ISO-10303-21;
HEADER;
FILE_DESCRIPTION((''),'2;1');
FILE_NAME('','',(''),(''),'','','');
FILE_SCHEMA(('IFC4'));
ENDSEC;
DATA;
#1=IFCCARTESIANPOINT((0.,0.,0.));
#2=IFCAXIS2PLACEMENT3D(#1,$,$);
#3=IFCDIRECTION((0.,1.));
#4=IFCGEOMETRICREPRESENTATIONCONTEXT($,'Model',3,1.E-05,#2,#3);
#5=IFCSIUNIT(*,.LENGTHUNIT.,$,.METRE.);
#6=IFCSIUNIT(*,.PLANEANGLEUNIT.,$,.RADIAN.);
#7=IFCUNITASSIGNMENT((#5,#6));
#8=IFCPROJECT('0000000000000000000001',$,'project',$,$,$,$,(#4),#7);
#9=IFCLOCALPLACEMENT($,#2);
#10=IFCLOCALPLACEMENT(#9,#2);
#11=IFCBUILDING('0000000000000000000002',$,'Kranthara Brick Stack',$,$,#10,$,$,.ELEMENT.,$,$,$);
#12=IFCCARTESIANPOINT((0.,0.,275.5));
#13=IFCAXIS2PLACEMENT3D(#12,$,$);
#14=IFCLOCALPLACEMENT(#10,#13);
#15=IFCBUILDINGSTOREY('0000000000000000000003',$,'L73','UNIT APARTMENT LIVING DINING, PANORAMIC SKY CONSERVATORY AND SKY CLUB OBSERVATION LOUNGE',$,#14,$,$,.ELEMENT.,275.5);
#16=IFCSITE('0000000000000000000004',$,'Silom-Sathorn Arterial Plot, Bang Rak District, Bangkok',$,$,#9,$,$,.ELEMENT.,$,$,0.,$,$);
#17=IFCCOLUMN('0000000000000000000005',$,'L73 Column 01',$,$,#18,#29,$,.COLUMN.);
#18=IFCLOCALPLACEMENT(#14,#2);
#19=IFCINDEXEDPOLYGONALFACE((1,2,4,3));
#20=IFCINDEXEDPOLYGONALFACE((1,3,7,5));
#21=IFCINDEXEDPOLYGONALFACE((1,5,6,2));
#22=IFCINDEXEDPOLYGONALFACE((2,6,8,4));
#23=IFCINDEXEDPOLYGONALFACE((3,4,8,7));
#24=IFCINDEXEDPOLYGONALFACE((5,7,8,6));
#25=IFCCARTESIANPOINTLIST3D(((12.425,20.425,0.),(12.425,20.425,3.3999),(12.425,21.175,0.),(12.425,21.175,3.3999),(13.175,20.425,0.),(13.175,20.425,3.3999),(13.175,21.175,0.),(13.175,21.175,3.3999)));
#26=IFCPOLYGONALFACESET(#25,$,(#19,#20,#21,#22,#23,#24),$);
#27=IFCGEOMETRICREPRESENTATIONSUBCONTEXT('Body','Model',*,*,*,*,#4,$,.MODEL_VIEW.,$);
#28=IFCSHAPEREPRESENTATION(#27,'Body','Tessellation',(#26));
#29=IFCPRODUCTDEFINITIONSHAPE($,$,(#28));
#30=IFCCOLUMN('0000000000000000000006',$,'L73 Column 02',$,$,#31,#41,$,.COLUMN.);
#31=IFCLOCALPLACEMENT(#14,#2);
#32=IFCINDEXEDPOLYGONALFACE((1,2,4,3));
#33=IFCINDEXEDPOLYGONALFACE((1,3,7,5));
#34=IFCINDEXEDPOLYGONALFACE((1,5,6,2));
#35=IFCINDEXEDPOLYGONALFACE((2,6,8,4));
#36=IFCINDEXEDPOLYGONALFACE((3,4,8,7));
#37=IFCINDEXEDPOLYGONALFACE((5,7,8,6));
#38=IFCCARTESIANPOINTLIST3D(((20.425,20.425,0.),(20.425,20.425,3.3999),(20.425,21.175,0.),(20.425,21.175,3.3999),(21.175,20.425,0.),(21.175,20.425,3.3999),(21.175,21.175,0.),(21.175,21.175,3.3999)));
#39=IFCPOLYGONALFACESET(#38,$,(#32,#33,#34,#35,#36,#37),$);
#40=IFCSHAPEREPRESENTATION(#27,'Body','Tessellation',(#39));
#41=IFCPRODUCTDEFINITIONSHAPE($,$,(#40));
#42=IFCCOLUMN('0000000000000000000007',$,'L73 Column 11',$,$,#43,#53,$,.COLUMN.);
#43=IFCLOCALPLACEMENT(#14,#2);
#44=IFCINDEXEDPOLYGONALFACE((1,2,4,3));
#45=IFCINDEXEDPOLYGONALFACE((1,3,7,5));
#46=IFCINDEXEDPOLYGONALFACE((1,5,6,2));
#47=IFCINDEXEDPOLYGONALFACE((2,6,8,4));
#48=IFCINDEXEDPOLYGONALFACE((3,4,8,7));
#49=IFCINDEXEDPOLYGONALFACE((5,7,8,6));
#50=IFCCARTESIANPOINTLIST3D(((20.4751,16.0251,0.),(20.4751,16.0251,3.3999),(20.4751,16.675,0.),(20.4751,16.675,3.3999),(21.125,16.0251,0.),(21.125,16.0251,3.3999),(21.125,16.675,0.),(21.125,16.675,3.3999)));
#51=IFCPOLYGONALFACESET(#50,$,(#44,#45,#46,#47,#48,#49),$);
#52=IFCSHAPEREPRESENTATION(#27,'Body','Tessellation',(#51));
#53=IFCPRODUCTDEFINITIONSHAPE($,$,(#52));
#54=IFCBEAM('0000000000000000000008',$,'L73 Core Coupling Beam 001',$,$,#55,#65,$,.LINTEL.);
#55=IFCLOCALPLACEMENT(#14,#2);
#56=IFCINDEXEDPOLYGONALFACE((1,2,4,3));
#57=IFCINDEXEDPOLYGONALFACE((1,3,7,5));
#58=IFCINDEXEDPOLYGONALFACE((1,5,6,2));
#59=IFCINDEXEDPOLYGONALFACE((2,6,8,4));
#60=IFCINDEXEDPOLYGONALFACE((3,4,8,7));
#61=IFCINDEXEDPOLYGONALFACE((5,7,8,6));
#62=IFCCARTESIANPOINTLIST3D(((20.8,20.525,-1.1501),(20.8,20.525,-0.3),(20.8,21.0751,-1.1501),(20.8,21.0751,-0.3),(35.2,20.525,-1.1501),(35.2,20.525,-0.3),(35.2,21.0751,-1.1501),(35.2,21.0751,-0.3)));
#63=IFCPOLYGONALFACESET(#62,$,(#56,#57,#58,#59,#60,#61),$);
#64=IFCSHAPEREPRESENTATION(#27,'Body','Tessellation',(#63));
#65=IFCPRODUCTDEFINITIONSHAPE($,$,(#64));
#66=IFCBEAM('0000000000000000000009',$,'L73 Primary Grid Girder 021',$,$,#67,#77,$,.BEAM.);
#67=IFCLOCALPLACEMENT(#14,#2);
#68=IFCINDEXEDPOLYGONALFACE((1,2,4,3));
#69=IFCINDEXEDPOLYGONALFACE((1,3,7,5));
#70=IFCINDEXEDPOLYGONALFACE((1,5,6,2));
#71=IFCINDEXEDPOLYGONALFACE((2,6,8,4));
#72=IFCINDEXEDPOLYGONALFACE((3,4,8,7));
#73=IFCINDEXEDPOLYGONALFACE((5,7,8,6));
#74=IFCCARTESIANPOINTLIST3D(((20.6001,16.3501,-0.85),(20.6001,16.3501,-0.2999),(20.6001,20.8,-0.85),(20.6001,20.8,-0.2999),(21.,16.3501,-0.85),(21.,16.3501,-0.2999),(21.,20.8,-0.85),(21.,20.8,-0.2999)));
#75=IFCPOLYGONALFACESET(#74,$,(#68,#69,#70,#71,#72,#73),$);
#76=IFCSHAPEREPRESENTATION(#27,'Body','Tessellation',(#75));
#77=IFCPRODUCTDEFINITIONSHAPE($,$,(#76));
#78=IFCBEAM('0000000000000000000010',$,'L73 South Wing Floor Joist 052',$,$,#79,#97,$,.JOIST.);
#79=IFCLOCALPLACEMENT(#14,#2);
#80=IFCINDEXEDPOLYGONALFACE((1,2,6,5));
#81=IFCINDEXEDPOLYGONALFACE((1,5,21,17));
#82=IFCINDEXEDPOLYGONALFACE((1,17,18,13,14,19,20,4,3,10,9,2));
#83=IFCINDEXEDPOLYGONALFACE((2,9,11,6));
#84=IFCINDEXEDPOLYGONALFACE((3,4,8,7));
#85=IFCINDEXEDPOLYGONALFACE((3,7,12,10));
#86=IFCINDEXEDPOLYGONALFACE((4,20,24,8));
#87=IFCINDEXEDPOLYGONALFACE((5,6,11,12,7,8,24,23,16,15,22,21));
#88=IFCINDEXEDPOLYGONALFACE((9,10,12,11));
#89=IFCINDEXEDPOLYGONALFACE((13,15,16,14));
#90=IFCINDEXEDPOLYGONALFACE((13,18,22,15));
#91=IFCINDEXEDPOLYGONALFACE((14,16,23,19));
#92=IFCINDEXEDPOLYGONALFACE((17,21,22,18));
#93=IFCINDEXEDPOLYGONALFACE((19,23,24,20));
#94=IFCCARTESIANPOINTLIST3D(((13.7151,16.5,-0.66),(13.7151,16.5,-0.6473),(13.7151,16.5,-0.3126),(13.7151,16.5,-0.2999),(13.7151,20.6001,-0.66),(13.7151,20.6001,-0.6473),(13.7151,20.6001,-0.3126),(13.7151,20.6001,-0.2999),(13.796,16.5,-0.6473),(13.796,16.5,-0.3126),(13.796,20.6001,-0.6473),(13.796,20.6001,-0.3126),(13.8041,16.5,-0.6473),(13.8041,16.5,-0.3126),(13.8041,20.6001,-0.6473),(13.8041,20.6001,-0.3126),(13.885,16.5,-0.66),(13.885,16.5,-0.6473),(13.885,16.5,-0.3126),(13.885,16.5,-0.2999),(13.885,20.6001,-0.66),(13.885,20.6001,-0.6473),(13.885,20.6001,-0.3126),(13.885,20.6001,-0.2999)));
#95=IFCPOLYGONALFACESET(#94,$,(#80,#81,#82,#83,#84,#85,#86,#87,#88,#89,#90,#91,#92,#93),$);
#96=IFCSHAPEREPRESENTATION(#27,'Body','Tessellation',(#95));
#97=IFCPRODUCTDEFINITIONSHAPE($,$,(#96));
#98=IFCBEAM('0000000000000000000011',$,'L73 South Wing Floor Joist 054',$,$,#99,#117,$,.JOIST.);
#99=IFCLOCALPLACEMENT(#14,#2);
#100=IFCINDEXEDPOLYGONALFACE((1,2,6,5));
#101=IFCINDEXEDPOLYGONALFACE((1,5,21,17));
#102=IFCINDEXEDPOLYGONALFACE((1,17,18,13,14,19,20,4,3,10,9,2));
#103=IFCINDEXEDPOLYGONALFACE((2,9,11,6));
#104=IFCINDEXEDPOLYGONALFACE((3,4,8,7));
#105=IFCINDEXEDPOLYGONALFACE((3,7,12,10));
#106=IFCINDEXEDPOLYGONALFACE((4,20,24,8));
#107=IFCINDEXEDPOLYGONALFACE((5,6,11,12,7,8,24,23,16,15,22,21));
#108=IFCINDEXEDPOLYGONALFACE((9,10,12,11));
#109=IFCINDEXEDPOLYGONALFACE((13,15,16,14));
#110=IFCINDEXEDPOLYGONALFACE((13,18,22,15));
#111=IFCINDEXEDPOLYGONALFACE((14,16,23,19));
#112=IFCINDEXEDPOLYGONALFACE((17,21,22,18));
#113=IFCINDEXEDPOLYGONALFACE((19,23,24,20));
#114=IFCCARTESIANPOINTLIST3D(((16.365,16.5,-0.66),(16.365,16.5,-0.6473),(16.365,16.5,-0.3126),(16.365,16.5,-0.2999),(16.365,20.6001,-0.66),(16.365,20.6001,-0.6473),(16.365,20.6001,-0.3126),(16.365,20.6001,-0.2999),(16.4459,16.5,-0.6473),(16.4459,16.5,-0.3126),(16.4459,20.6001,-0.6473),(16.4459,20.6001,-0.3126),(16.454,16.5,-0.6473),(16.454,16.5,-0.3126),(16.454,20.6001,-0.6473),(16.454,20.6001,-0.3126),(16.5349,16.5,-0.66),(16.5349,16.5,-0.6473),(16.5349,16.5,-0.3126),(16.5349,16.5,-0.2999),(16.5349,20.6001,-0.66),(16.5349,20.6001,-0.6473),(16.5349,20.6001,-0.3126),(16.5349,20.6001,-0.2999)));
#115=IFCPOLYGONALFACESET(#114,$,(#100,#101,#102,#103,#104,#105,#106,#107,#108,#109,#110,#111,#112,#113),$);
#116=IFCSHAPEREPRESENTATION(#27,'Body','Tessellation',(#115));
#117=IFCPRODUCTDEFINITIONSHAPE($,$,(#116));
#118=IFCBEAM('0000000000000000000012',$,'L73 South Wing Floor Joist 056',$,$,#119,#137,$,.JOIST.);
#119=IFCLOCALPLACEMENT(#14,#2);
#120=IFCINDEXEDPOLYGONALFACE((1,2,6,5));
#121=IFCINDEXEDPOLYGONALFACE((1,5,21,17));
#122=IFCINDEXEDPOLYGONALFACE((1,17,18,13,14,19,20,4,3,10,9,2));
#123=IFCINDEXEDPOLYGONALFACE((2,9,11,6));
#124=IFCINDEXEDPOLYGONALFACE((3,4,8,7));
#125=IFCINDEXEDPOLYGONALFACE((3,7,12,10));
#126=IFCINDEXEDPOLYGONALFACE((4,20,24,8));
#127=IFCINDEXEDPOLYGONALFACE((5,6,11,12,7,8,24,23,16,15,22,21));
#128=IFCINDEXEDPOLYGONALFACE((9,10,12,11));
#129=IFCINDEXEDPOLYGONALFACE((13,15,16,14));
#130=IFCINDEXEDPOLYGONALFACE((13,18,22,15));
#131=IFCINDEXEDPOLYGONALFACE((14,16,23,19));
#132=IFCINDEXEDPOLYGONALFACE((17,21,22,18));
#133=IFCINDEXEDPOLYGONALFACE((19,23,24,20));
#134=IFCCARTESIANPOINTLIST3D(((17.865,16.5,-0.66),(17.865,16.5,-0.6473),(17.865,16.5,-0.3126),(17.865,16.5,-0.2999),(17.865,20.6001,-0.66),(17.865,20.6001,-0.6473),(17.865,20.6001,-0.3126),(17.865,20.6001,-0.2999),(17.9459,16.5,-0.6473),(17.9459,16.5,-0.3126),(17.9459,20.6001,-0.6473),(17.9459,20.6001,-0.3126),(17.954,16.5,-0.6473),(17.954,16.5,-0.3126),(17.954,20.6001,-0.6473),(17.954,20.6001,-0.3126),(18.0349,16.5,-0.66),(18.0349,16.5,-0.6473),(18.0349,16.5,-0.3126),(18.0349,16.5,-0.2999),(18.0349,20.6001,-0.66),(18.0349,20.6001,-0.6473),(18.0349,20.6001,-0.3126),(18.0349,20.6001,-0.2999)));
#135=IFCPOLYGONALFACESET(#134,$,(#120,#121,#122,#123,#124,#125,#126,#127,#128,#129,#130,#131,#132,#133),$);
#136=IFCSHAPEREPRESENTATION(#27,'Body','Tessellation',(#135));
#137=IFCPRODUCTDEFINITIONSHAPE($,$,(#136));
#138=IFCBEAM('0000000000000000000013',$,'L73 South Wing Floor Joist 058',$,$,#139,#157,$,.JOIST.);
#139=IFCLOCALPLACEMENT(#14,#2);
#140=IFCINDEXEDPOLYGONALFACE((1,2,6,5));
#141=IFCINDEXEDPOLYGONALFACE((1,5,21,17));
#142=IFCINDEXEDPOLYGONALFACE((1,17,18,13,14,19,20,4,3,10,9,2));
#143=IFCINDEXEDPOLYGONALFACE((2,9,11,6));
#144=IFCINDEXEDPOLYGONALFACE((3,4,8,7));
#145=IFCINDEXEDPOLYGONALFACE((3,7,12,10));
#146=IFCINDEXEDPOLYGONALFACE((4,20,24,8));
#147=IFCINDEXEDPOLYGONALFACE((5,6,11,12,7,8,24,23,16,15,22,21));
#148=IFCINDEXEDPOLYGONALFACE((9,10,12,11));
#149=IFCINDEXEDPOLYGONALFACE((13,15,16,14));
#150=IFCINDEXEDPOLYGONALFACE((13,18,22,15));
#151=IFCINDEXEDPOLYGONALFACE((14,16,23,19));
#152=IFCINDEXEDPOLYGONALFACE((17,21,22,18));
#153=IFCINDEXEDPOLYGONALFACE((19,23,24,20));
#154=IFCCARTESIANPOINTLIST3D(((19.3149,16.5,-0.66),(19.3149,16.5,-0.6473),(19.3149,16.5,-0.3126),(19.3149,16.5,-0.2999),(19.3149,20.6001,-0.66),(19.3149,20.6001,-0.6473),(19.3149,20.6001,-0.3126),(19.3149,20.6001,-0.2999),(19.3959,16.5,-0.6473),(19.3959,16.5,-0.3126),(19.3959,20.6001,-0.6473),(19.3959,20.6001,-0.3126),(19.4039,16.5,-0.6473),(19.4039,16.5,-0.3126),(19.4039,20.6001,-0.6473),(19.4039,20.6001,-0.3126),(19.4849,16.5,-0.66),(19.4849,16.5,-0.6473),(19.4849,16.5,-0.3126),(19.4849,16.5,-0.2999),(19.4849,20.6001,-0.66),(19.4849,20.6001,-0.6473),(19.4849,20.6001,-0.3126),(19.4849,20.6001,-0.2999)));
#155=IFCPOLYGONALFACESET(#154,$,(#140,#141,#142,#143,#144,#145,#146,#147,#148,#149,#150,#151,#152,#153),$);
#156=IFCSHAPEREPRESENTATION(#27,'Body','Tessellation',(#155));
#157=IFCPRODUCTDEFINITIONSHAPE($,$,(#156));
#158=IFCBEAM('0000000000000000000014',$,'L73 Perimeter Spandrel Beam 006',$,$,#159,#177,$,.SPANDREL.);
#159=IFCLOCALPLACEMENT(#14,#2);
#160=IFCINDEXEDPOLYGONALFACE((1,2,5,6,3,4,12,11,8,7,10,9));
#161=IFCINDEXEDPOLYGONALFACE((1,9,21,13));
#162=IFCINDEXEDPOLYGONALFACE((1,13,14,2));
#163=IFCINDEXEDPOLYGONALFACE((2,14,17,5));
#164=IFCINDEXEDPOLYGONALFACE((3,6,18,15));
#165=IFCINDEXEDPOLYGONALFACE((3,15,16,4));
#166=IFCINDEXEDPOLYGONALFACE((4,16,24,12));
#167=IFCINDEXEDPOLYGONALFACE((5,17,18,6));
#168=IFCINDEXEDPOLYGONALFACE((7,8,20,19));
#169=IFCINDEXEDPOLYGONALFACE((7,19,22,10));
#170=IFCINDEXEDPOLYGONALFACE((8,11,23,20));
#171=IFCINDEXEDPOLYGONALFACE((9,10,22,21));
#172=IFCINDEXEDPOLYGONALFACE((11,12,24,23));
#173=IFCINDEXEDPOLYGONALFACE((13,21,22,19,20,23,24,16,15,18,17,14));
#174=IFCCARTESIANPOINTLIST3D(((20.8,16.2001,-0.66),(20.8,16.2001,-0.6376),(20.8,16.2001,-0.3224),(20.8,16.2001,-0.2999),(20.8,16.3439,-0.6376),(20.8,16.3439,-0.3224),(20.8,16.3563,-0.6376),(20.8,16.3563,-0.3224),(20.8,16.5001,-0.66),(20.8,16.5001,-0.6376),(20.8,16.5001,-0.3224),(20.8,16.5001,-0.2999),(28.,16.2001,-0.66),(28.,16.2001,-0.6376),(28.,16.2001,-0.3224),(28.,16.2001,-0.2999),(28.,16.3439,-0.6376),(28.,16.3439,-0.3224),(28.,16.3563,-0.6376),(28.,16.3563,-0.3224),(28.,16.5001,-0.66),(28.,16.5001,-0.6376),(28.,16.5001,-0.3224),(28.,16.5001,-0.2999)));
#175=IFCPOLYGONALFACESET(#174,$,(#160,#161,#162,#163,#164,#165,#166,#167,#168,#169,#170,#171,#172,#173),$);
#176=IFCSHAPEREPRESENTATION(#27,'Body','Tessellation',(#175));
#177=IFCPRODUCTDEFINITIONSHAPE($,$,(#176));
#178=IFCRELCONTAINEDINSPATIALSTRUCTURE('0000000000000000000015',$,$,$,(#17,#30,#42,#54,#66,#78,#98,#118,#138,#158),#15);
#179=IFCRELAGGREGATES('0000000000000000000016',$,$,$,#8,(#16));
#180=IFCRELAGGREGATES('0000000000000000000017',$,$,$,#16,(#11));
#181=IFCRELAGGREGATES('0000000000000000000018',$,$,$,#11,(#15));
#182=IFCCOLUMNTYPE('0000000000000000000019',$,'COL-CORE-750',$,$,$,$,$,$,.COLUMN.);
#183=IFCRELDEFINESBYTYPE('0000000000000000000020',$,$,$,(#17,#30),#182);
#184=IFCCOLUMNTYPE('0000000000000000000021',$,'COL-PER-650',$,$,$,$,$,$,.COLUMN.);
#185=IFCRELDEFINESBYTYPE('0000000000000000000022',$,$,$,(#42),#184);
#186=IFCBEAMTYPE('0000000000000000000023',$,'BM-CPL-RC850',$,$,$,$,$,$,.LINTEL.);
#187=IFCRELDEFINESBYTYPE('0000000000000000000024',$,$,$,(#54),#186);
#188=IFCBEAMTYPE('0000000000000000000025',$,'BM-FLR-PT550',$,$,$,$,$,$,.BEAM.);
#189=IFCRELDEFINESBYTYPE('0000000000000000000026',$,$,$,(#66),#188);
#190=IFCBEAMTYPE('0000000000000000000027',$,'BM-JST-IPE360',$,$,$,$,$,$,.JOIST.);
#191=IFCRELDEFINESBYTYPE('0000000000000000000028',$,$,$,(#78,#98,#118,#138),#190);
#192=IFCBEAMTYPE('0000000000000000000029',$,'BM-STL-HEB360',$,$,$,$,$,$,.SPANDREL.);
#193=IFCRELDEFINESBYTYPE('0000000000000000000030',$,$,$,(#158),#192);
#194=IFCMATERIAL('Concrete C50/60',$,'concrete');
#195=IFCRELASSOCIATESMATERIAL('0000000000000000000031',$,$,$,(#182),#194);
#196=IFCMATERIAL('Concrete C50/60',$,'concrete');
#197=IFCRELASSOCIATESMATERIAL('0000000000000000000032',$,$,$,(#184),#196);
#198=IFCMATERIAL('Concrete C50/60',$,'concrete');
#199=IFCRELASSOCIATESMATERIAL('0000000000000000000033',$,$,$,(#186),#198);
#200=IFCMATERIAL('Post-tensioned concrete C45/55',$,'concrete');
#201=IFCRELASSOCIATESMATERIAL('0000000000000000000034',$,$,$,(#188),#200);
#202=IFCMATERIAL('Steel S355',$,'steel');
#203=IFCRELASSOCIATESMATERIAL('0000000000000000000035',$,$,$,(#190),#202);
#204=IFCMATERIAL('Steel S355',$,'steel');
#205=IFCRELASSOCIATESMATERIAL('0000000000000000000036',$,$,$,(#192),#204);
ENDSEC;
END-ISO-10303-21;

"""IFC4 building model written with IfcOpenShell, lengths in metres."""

from ifc_helpers import new_model, si_unit, direction, frame, origin, origin_2d, place, context, subcontext, project, spatial, rectangle, i_section, extrude, material, material_profile, profile_set, type_object, element, save


model = new_model("IFC4")

# Units and contexts
model_context = context("Model", 3, precision=1e-05, world=origin(), true_north=direction((0.0, 1.0)))
body_context = subcontext(model_context, "Body", "Model", "MODEL_VIEW")
ifc_project = project(units=[si_unit("LENGTHUNIT", "METRE"), si_unit("PLANEANGLEUNIT", "RADIAN")], contexts=[model_context])

# Site, building, storey
site_placement = place(None, origin())
site = spatial("IfcSite", under=ifc_project, at=site_placement, Name="Silom-Sathorn Arterial Plot, Bang Rak District, Bangkok", CompositionType="ELEMENT", RefElevation=0.0)
building_placement = place(site_placement, origin())
building = spatial("IfcBuilding", under=site, at=building_placement, Name="Kranthara Brick Stack", CompositionType="ELEMENT")
storey_placement = place(building_placement, frame((0.0, 0.0, 275.5)))
storey = spatial("IfcBuildingStorey", under=building, at=storey_placement, Name="L73", Description="UNIT APARTMENT LIVING DINING, PANORAMIC SKY CONSERVATORY AND SKY CLUB OBSERVATION LOUNGE", CompositionType="ELEMENT", Elevation=275.5)

# Columns
ifc_material_1 = material(Name="Concrete C50/60", Category="concrete")
ifc_material_profile_1 = material_profile(ifc_material_1, rectangle(XDim=0.75, YDim=0.75, at=origin_2d()), Name="RC 750x750")
ifc_profile_set_1 = profile_set([ifc_material_profile_1], Name="Concrete C50/60")
column_type_1 = type_object("IfcColumnType", Name="COL-CORE-750", PredefinedType="COLUMN", material=ifc_profile_set_1)
for number, where, z_axis, x_axis, name in (
    (1, (12.8, 20.8, 0.0), (0.0, 0.0, 1.0), (1.0, 0.0, 0.0), "L73 Column 01"),
    (2, (20.8, 20.8, 0.0), (0.0, 0.0, 1.0), (1.0, 0.0, 0.0), "L73 Column 02"),
):
    element("IfcColumn", number, at=place(storey_placement, frame(where, z_axis=z_axis, x_axis=x_axis)), inside=storey, type_object=column_type_1, Name=name, PredefinedType="COLUMN", context=body_context, shape_type="SweptSolid", body=[
        extrude(rectangle(XDim=0.75, YDim=0.75, at=origin_2d()), origin(), (0.0, 0.0, 1.0), 3.3999),
    ])
ifc_material_2 = material(Name="Concrete C50/60", Category="concrete")
ifc_material_profile_2 = material_profile(ifc_material_2, rectangle(XDim=0.6499, YDim=0.6499, at=origin_2d()), Name="RC 650x650")
ifc_profile_set_2 = profile_set([ifc_material_profile_2], Name="Concrete C50/60")
column_type_2 = type_object("IfcColumnType", Name="COL-PER-650", PredefinedType="COLUMN", material=ifc_profile_set_2)
column_placement = place(storey_placement, frame((20.8, 16.3501, 0.0), z_axis=(0.0, 0.0, 1.0), x_axis=(1.0, 0.0, 0.0)))
element("IfcColumn", 3, at=column_placement, inside=storey, type_object=column_type_2, Name="L73 Column 11", PredefinedType="COLUMN", context=body_context, shape_type="SweptSolid", body=[
    extrude(rectangle(XDim=0.6499, YDim=0.6499, at=origin_2d()), origin(), (0.0, 0.0, 1.0), 3.3999),
])

# Beams
ifc_material_3 = material(Name="Concrete C50/60", Category="concrete")
ifc_material_profile_3 = material_profile(ifc_material_3, rectangle(XDim=0.55, YDim=0.8501, at=origin_2d()), Name="RC 550x850")
ifc_profile_set_3 = profile_set([ifc_material_profile_3], Name="Concrete C50/60")
beam_type_1 = type_object("IfcBeamType", Name="BM-CPL-RC850", PredefinedType="LINTEL", material=ifc_profile_set_3)
beam_1_placement = place(storey_placement, frame((20.8, 20.8, -0.7251), z_axis=(1.0, 0.0, 0.0), x_axis=(0.0, 1.0, 0.0)))
element("IfcBeam", 4, at=beam_1_placement, inside=storey, type_object=beam_type_1, Name="L73 Core Coupling Beam 001", PredefinedType="LINTEL", context=body_context, shape_type="SweptSolid", body=[
    extrude(rectangle(XDim=0.55, YDim=0.8501, at=origin_2d()), origin(), (0.0, 0.0, 1.0), 14.3999),
])
ifc_material_4 = material(Name="Post-tensioned concrete C45/55", Category="concrete")
ifc_material_profile_4 = material_profile(ifc_material_4, rectangle(XDim=0.3999, YDim=0.55, at=origin_2d()), Name="PT 400x550")
ifc_profile_set_4 = profile_set([ifc_material_profile_4], Name="Post-tensioned concrete C45/55")
beam_type_2 = type_object("IfcBeamType", Name="BM-FLR-PT550", PredefinedType="BEAM", material=ifc_profile_set_4)
beam_2_placement = place(storey_placement, frame((20.8, 16.3501, -0.575), z_axis=(0.0, 1.0, 0.0), x_axis=(-1.0, 0.0, 0.0)))
element("IfcBeam", 5, at=beam_2_placement, inside=storey, type_object=beam_type_2, Name="L73 Primary Grid Girder 021", PredefinedType="BEAM", context=body_context, shape_type="SweptSolid", body=[
    extrude(rectangle(XDim=0.3999, YDim=0.55, at=origin_2d()), origin(), (0.0, 0.0, 1.0), 4.45),
])
ifc_material_5 = material(Name="Steel S355", Category="steel")
ifc_material_profile_5 = material_profile(ifc_material_5, i_section(OverallWidth=0.1699, OverallDepth=0.3601, WebThickness=0.0081, FlangeThickness=0.0127, at=origin_2d()), Name="IPE 360")
ifc_profile_set_5 = profile_set([ifc_material_profile_5], Name="Steel S355")
beam_type_3 = type_object("IfcBeamType", Name="BM-JST-IPE360", PredefinedType="JOIST", material=ifc_profile_set_5)
for number, where, z_axis, x_axis, name in (
    (6, (13.8, 16.5, -0.48), (0.0, 1.0, 0.0), (-1.0, 0.0, 0.0), "L73 South Wing Floor Joist 052"),
    (7, (16.45, 16.5, -0.48), (0.0, 1.0, 0.0), (-1.0, 0.0, 0.0), "L73 South Wing Floor Joist 054"),
    (8, (17.95, 16.5, -0.48), (0.0, 1.0, 0.0), (-1.0, 0.0, 0.0), "L73 South Wing Floor Joist 056"),
    (9, (19.3999, 16.5, -0.48), (0.0, 1.0, 0.0), (-1.0, 0.0, 0.0), "L73 South Wing Floor Joist 058"),
):
    element("IfcBeam", number, at=place(storey_placement, frame(where, z_axis=z_axis, x_axis=x_axis)), inside=storey, type_object=beam_type_3, Name=name, PredefinedType="JOIST", context=body_context, shape_type="SweptSolid", body=[
        extrude(i_section(OverallWidth=0.1699, OverallDepth=0.3601, WebThickness=0.0081, FlangeThickness=0.0127, at=origin_2d()), origin(), (0.0, 0.0, 1.0), 4.1001),
    ])
ifc_material_6 = material(Name="Steel S355", Category="steel")
ifc_material_profile_6 = material_profile(ifc_material_6, i_section(OverallWidth=0.3, OverallDepth=0.3601, WebThickness=0.0125, FlangeThickness=0.0225, at=origin_2d()), Name="HEB 360")
ifc_profile_set_6 = profile_set([ifc_material_profile_6], Name="Steel S355")
beam_type_4 = type_object("IfcBeamType", Name="BM-STL-HEB360", PredefinedType="SPANDREL", material=ifc_profile_set_6)
beam_3_placement = place(storey_placement, frame((20.8, 16.3501, -0.48), z_axis=(1.0, 0.0, 0.0), x_axis=(0.0, 1.0, 0.0)))
element("IfcBeam", 10, at=beam_3_placement, inside=storey, type_object=beam_type_4, Name="L73 Perimeter Spandrel Beam 006", PredefinedType="SPANDREL", context=body_context, shape_type="SweptSolid", body=[
    extrude(i_section(OverallWidth=0.3, OverallDepth=0.3601, WebThickness=0.0125, FlangeThickness=0.0225, at=origin_2d()), origin(), (0.0, 0.0, 1.0), 7.2),
])

save(model, "model.ifc")
